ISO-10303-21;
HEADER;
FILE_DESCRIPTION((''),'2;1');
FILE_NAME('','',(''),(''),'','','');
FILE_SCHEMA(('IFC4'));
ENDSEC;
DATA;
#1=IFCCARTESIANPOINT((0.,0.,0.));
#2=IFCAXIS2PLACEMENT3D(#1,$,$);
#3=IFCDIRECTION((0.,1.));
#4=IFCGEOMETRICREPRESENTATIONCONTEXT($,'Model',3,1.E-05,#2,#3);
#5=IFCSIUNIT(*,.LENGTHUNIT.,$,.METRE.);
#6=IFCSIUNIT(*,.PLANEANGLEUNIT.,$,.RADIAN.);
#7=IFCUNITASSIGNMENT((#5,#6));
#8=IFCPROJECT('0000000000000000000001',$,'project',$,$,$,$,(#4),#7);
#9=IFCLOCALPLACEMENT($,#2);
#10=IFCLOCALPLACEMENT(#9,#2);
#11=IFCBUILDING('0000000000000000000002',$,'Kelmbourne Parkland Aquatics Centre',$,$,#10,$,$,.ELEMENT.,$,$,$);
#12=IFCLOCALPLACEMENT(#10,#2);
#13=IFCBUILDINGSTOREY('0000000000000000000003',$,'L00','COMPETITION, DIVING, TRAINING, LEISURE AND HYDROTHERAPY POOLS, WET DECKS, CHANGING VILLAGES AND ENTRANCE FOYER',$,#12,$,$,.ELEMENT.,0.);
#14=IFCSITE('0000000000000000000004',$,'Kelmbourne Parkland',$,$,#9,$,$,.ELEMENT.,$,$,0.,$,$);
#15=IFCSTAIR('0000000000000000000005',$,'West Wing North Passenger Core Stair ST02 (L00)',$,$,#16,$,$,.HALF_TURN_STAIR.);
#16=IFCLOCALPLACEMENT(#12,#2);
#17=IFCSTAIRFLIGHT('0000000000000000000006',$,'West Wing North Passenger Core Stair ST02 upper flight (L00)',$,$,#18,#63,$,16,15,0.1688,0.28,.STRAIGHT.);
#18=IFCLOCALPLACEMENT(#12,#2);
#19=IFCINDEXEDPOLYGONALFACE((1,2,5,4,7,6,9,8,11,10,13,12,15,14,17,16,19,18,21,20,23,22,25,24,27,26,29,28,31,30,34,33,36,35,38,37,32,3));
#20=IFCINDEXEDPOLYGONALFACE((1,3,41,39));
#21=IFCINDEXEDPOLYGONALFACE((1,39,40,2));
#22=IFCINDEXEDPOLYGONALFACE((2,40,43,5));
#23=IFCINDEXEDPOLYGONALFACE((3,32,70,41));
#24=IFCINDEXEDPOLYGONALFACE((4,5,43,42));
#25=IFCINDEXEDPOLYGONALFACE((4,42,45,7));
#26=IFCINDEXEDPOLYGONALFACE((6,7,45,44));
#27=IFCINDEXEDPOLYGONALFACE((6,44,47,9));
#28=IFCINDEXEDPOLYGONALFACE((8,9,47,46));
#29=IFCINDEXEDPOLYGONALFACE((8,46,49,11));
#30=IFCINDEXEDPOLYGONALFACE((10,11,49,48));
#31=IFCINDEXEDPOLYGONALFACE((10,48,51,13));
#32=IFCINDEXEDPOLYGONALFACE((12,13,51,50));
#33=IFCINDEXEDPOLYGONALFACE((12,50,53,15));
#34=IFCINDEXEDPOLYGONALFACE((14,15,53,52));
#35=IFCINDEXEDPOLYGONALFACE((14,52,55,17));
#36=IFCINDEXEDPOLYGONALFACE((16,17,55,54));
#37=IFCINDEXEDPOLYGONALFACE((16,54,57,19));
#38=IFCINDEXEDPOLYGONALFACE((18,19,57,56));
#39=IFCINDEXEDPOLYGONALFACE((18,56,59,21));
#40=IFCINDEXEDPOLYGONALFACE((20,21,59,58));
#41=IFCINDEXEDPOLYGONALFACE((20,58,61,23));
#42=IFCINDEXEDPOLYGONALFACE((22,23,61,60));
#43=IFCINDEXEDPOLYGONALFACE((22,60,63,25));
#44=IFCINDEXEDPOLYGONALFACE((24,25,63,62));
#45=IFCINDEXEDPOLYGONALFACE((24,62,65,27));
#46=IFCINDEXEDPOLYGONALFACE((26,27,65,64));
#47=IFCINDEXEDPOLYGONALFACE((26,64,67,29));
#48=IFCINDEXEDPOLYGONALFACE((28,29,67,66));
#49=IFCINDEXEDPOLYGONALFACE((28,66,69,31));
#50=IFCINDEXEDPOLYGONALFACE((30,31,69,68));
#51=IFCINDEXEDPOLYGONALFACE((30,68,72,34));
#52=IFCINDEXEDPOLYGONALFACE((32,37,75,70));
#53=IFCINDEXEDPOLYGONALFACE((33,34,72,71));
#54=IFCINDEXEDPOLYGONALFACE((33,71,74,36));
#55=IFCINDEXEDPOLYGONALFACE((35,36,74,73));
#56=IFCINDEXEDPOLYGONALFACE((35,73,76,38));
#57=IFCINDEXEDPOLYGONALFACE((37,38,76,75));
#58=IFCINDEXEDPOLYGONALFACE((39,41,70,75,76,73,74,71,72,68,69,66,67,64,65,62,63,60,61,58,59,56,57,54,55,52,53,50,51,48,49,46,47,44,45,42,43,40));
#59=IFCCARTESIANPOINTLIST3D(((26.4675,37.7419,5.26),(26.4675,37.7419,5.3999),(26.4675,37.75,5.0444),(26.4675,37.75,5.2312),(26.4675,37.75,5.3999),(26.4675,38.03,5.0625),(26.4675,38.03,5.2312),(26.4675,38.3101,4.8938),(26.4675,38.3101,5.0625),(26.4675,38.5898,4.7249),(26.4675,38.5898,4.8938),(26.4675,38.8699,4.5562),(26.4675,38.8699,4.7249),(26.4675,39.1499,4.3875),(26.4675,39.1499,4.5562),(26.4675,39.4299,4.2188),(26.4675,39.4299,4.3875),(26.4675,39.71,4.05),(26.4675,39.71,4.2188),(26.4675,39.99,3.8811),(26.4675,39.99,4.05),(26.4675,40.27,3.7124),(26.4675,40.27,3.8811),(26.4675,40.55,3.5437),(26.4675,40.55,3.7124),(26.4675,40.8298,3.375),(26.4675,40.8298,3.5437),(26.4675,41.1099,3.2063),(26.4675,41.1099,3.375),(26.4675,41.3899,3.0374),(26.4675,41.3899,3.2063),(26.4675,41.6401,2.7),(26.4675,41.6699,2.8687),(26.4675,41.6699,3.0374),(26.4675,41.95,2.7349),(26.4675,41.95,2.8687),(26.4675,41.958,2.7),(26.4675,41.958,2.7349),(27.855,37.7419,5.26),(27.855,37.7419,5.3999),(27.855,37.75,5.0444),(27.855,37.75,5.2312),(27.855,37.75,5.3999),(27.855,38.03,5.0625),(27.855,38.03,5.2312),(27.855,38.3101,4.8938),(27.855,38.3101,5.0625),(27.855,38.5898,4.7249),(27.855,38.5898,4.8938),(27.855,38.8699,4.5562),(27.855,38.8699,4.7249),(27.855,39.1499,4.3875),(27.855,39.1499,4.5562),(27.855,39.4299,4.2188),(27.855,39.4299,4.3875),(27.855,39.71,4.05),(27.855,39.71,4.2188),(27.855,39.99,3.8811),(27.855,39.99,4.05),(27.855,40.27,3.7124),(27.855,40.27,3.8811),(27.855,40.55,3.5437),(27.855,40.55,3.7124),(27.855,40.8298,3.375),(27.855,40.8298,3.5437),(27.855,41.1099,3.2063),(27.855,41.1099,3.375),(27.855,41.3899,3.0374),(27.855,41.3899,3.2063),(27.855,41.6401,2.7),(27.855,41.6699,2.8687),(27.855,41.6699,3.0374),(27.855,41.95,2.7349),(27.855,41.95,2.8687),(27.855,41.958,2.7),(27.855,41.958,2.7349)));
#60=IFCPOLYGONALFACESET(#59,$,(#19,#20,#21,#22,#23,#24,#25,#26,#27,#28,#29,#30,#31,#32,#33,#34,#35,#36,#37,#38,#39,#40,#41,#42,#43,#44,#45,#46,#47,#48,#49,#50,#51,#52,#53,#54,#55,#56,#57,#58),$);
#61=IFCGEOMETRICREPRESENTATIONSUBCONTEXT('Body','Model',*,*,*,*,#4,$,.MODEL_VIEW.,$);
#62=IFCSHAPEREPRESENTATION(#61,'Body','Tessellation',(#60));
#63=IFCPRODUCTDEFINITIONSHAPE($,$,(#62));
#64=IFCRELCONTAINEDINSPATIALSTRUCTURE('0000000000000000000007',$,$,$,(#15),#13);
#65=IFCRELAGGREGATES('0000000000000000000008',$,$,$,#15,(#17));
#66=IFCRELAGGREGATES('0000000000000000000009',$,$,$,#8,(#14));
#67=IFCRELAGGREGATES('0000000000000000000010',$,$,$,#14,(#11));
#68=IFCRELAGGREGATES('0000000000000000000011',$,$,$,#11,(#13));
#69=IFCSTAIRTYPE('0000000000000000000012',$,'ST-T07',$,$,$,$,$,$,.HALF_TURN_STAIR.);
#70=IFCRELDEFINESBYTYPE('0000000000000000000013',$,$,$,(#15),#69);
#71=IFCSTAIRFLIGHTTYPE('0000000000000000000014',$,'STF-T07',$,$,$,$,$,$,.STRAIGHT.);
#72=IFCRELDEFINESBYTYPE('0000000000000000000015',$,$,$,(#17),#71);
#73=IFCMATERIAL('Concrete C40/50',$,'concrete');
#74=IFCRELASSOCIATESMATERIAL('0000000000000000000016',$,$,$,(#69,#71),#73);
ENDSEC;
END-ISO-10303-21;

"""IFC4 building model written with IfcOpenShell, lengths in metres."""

from ifc_helpers import new_model, si_unit, direction, frame, origin, place, context, subcontext, project, spatial, polyline, outline, extrude, material, type_object, element, aggregate, save


model = new_model("IFC4")

# Units and contexts
model_context = context("Model", 3, precision=1e-05, world=origin(), true_north=direction((0.0, 1.0)))
body_context = subcontext(model_context, "Body", "Model", "MODEL_VIEW")
ifc_project = project(units=[si_unit("LENGTHUNIT", "METRE"), si_unit("PLANEANGLEUNIT", "RADIAN")], contexts=[model_context])

# Site, building, storey
site_placement = place(None, origin())
site = spatial("IfcSite", under=ifc_project, at=site_placement, Name="Kelmbourne Parkland", CompositionType="ELEMENT", RefElevation=0.0)
building_placement = place(site_placement, origin())
building = spatial("IfcBuilding", under=site, at=building_placement, Name="Kelmbourne Parkland Aquatics Centre", CompositionType="ELEMENT")
storey_placement = place(building_placement, origin())
storey = spatial("IfcBuildingStorey", under=building, at=storey_placement, Name="L00", Description="COMPETITION, DIVING, TRAINING, LEISURE AND HYDROTHERAPY POOLS, WET DECKS, CHANGING VILLAGES AND ENTRANCE FOYER", CompositionType="ELEMENT", Elevation=0.0)

# Shared definitions
ifc_material_1 = material(Name="Concrete C40/50", Category="concrete")

# Stair, stair flight
stair_type = type_object("IfcStairType", Name="ST-T07", PredefinedType="HALF_TURN_STAIR", material=ifc_material_1)
stair_placement = place(storey_placement, origin())
stair = element("IfcStair", 1, at=stair_placement, inside=storey, type_object=stair_type, Name="West Wing North Passenger Core Stair ST02 (L00)", PredefinedType="HALF_TURN_STAIR")
stair_flight_type = type_object("IfcStairFlightType", Name="STF-T07", PredefinedType="STRAIGHT", material=ifc_material_1)
stair_flight_1_placement = place(storey_placement, frame((27.1611, 41.95, 2.7), z_axis=(0.0, 0.0, 1.0), x_axis=(0.0, -1.0, 0.0)))
stair_flight_1 = element("IfcStairFlight", 2, at=stair_flight_1_placement, type_object=stair_flight_type, Name="West Wing North Passenger Core Stair ST02 upper flight (L00)", NumberOfRisers=16, NumberOfTreads=15, PredefinedType="STRAIGHT", RiserHeight=0.1688, TreadLength=0.28, context=body_context, shape_type="SweptSolid", body=[
    extrude(outline(polyline([(-0.0081, 0.0), (-0.0081, 0.0349), (0.0, 0.0349), (0.0, 0.1687), (0.28, 0.1687), (0.28, 0.3374), (0.5601, 0.3374), (0.5601, 0.5063), (0.8401, 0.5063), (0.8401, 0.675), (1.1201, 0.675), (1.1201, 0.8438), (1.3999, 0.8438), (1.3999, 1.0125), (1.6799, 1.0125), (1.6799, 1.1812), (1.96, 1.1812), (1.96, 1.3501), (2.24, 1.3501), (2.24, 1.5188), (2.52, 1.5188), (2.52, 1.6875), (2.8, 1.6875), (2.8, 1.8562), (3.0801, 1.8562), (3.0801, 2.0249), (3.3601, 2.0249), (3.3601, 2.1938), (3.6399, 2.1938), (3.6399, 2.3625), (3.9199, 2.3625), (3.9199, 2.5312), (4.2, 2.5312), (4.2, 2.7), (4.208, 2.7), (4.208, 2.5601), (4.2, 2.3445), (0.3098, 0.0), (-0.0081, 0.0)])), frame((0.0, 0.6938, 0.0), z_axis=(0.0, -1.0, 0.0), x_axis=(1.0, 0.0, 0.0)), (0.0, 0.0, 1.0), 1.3875),
])
aggregate(stair, [stair_flight_1])

save(model, "model.ifc")
